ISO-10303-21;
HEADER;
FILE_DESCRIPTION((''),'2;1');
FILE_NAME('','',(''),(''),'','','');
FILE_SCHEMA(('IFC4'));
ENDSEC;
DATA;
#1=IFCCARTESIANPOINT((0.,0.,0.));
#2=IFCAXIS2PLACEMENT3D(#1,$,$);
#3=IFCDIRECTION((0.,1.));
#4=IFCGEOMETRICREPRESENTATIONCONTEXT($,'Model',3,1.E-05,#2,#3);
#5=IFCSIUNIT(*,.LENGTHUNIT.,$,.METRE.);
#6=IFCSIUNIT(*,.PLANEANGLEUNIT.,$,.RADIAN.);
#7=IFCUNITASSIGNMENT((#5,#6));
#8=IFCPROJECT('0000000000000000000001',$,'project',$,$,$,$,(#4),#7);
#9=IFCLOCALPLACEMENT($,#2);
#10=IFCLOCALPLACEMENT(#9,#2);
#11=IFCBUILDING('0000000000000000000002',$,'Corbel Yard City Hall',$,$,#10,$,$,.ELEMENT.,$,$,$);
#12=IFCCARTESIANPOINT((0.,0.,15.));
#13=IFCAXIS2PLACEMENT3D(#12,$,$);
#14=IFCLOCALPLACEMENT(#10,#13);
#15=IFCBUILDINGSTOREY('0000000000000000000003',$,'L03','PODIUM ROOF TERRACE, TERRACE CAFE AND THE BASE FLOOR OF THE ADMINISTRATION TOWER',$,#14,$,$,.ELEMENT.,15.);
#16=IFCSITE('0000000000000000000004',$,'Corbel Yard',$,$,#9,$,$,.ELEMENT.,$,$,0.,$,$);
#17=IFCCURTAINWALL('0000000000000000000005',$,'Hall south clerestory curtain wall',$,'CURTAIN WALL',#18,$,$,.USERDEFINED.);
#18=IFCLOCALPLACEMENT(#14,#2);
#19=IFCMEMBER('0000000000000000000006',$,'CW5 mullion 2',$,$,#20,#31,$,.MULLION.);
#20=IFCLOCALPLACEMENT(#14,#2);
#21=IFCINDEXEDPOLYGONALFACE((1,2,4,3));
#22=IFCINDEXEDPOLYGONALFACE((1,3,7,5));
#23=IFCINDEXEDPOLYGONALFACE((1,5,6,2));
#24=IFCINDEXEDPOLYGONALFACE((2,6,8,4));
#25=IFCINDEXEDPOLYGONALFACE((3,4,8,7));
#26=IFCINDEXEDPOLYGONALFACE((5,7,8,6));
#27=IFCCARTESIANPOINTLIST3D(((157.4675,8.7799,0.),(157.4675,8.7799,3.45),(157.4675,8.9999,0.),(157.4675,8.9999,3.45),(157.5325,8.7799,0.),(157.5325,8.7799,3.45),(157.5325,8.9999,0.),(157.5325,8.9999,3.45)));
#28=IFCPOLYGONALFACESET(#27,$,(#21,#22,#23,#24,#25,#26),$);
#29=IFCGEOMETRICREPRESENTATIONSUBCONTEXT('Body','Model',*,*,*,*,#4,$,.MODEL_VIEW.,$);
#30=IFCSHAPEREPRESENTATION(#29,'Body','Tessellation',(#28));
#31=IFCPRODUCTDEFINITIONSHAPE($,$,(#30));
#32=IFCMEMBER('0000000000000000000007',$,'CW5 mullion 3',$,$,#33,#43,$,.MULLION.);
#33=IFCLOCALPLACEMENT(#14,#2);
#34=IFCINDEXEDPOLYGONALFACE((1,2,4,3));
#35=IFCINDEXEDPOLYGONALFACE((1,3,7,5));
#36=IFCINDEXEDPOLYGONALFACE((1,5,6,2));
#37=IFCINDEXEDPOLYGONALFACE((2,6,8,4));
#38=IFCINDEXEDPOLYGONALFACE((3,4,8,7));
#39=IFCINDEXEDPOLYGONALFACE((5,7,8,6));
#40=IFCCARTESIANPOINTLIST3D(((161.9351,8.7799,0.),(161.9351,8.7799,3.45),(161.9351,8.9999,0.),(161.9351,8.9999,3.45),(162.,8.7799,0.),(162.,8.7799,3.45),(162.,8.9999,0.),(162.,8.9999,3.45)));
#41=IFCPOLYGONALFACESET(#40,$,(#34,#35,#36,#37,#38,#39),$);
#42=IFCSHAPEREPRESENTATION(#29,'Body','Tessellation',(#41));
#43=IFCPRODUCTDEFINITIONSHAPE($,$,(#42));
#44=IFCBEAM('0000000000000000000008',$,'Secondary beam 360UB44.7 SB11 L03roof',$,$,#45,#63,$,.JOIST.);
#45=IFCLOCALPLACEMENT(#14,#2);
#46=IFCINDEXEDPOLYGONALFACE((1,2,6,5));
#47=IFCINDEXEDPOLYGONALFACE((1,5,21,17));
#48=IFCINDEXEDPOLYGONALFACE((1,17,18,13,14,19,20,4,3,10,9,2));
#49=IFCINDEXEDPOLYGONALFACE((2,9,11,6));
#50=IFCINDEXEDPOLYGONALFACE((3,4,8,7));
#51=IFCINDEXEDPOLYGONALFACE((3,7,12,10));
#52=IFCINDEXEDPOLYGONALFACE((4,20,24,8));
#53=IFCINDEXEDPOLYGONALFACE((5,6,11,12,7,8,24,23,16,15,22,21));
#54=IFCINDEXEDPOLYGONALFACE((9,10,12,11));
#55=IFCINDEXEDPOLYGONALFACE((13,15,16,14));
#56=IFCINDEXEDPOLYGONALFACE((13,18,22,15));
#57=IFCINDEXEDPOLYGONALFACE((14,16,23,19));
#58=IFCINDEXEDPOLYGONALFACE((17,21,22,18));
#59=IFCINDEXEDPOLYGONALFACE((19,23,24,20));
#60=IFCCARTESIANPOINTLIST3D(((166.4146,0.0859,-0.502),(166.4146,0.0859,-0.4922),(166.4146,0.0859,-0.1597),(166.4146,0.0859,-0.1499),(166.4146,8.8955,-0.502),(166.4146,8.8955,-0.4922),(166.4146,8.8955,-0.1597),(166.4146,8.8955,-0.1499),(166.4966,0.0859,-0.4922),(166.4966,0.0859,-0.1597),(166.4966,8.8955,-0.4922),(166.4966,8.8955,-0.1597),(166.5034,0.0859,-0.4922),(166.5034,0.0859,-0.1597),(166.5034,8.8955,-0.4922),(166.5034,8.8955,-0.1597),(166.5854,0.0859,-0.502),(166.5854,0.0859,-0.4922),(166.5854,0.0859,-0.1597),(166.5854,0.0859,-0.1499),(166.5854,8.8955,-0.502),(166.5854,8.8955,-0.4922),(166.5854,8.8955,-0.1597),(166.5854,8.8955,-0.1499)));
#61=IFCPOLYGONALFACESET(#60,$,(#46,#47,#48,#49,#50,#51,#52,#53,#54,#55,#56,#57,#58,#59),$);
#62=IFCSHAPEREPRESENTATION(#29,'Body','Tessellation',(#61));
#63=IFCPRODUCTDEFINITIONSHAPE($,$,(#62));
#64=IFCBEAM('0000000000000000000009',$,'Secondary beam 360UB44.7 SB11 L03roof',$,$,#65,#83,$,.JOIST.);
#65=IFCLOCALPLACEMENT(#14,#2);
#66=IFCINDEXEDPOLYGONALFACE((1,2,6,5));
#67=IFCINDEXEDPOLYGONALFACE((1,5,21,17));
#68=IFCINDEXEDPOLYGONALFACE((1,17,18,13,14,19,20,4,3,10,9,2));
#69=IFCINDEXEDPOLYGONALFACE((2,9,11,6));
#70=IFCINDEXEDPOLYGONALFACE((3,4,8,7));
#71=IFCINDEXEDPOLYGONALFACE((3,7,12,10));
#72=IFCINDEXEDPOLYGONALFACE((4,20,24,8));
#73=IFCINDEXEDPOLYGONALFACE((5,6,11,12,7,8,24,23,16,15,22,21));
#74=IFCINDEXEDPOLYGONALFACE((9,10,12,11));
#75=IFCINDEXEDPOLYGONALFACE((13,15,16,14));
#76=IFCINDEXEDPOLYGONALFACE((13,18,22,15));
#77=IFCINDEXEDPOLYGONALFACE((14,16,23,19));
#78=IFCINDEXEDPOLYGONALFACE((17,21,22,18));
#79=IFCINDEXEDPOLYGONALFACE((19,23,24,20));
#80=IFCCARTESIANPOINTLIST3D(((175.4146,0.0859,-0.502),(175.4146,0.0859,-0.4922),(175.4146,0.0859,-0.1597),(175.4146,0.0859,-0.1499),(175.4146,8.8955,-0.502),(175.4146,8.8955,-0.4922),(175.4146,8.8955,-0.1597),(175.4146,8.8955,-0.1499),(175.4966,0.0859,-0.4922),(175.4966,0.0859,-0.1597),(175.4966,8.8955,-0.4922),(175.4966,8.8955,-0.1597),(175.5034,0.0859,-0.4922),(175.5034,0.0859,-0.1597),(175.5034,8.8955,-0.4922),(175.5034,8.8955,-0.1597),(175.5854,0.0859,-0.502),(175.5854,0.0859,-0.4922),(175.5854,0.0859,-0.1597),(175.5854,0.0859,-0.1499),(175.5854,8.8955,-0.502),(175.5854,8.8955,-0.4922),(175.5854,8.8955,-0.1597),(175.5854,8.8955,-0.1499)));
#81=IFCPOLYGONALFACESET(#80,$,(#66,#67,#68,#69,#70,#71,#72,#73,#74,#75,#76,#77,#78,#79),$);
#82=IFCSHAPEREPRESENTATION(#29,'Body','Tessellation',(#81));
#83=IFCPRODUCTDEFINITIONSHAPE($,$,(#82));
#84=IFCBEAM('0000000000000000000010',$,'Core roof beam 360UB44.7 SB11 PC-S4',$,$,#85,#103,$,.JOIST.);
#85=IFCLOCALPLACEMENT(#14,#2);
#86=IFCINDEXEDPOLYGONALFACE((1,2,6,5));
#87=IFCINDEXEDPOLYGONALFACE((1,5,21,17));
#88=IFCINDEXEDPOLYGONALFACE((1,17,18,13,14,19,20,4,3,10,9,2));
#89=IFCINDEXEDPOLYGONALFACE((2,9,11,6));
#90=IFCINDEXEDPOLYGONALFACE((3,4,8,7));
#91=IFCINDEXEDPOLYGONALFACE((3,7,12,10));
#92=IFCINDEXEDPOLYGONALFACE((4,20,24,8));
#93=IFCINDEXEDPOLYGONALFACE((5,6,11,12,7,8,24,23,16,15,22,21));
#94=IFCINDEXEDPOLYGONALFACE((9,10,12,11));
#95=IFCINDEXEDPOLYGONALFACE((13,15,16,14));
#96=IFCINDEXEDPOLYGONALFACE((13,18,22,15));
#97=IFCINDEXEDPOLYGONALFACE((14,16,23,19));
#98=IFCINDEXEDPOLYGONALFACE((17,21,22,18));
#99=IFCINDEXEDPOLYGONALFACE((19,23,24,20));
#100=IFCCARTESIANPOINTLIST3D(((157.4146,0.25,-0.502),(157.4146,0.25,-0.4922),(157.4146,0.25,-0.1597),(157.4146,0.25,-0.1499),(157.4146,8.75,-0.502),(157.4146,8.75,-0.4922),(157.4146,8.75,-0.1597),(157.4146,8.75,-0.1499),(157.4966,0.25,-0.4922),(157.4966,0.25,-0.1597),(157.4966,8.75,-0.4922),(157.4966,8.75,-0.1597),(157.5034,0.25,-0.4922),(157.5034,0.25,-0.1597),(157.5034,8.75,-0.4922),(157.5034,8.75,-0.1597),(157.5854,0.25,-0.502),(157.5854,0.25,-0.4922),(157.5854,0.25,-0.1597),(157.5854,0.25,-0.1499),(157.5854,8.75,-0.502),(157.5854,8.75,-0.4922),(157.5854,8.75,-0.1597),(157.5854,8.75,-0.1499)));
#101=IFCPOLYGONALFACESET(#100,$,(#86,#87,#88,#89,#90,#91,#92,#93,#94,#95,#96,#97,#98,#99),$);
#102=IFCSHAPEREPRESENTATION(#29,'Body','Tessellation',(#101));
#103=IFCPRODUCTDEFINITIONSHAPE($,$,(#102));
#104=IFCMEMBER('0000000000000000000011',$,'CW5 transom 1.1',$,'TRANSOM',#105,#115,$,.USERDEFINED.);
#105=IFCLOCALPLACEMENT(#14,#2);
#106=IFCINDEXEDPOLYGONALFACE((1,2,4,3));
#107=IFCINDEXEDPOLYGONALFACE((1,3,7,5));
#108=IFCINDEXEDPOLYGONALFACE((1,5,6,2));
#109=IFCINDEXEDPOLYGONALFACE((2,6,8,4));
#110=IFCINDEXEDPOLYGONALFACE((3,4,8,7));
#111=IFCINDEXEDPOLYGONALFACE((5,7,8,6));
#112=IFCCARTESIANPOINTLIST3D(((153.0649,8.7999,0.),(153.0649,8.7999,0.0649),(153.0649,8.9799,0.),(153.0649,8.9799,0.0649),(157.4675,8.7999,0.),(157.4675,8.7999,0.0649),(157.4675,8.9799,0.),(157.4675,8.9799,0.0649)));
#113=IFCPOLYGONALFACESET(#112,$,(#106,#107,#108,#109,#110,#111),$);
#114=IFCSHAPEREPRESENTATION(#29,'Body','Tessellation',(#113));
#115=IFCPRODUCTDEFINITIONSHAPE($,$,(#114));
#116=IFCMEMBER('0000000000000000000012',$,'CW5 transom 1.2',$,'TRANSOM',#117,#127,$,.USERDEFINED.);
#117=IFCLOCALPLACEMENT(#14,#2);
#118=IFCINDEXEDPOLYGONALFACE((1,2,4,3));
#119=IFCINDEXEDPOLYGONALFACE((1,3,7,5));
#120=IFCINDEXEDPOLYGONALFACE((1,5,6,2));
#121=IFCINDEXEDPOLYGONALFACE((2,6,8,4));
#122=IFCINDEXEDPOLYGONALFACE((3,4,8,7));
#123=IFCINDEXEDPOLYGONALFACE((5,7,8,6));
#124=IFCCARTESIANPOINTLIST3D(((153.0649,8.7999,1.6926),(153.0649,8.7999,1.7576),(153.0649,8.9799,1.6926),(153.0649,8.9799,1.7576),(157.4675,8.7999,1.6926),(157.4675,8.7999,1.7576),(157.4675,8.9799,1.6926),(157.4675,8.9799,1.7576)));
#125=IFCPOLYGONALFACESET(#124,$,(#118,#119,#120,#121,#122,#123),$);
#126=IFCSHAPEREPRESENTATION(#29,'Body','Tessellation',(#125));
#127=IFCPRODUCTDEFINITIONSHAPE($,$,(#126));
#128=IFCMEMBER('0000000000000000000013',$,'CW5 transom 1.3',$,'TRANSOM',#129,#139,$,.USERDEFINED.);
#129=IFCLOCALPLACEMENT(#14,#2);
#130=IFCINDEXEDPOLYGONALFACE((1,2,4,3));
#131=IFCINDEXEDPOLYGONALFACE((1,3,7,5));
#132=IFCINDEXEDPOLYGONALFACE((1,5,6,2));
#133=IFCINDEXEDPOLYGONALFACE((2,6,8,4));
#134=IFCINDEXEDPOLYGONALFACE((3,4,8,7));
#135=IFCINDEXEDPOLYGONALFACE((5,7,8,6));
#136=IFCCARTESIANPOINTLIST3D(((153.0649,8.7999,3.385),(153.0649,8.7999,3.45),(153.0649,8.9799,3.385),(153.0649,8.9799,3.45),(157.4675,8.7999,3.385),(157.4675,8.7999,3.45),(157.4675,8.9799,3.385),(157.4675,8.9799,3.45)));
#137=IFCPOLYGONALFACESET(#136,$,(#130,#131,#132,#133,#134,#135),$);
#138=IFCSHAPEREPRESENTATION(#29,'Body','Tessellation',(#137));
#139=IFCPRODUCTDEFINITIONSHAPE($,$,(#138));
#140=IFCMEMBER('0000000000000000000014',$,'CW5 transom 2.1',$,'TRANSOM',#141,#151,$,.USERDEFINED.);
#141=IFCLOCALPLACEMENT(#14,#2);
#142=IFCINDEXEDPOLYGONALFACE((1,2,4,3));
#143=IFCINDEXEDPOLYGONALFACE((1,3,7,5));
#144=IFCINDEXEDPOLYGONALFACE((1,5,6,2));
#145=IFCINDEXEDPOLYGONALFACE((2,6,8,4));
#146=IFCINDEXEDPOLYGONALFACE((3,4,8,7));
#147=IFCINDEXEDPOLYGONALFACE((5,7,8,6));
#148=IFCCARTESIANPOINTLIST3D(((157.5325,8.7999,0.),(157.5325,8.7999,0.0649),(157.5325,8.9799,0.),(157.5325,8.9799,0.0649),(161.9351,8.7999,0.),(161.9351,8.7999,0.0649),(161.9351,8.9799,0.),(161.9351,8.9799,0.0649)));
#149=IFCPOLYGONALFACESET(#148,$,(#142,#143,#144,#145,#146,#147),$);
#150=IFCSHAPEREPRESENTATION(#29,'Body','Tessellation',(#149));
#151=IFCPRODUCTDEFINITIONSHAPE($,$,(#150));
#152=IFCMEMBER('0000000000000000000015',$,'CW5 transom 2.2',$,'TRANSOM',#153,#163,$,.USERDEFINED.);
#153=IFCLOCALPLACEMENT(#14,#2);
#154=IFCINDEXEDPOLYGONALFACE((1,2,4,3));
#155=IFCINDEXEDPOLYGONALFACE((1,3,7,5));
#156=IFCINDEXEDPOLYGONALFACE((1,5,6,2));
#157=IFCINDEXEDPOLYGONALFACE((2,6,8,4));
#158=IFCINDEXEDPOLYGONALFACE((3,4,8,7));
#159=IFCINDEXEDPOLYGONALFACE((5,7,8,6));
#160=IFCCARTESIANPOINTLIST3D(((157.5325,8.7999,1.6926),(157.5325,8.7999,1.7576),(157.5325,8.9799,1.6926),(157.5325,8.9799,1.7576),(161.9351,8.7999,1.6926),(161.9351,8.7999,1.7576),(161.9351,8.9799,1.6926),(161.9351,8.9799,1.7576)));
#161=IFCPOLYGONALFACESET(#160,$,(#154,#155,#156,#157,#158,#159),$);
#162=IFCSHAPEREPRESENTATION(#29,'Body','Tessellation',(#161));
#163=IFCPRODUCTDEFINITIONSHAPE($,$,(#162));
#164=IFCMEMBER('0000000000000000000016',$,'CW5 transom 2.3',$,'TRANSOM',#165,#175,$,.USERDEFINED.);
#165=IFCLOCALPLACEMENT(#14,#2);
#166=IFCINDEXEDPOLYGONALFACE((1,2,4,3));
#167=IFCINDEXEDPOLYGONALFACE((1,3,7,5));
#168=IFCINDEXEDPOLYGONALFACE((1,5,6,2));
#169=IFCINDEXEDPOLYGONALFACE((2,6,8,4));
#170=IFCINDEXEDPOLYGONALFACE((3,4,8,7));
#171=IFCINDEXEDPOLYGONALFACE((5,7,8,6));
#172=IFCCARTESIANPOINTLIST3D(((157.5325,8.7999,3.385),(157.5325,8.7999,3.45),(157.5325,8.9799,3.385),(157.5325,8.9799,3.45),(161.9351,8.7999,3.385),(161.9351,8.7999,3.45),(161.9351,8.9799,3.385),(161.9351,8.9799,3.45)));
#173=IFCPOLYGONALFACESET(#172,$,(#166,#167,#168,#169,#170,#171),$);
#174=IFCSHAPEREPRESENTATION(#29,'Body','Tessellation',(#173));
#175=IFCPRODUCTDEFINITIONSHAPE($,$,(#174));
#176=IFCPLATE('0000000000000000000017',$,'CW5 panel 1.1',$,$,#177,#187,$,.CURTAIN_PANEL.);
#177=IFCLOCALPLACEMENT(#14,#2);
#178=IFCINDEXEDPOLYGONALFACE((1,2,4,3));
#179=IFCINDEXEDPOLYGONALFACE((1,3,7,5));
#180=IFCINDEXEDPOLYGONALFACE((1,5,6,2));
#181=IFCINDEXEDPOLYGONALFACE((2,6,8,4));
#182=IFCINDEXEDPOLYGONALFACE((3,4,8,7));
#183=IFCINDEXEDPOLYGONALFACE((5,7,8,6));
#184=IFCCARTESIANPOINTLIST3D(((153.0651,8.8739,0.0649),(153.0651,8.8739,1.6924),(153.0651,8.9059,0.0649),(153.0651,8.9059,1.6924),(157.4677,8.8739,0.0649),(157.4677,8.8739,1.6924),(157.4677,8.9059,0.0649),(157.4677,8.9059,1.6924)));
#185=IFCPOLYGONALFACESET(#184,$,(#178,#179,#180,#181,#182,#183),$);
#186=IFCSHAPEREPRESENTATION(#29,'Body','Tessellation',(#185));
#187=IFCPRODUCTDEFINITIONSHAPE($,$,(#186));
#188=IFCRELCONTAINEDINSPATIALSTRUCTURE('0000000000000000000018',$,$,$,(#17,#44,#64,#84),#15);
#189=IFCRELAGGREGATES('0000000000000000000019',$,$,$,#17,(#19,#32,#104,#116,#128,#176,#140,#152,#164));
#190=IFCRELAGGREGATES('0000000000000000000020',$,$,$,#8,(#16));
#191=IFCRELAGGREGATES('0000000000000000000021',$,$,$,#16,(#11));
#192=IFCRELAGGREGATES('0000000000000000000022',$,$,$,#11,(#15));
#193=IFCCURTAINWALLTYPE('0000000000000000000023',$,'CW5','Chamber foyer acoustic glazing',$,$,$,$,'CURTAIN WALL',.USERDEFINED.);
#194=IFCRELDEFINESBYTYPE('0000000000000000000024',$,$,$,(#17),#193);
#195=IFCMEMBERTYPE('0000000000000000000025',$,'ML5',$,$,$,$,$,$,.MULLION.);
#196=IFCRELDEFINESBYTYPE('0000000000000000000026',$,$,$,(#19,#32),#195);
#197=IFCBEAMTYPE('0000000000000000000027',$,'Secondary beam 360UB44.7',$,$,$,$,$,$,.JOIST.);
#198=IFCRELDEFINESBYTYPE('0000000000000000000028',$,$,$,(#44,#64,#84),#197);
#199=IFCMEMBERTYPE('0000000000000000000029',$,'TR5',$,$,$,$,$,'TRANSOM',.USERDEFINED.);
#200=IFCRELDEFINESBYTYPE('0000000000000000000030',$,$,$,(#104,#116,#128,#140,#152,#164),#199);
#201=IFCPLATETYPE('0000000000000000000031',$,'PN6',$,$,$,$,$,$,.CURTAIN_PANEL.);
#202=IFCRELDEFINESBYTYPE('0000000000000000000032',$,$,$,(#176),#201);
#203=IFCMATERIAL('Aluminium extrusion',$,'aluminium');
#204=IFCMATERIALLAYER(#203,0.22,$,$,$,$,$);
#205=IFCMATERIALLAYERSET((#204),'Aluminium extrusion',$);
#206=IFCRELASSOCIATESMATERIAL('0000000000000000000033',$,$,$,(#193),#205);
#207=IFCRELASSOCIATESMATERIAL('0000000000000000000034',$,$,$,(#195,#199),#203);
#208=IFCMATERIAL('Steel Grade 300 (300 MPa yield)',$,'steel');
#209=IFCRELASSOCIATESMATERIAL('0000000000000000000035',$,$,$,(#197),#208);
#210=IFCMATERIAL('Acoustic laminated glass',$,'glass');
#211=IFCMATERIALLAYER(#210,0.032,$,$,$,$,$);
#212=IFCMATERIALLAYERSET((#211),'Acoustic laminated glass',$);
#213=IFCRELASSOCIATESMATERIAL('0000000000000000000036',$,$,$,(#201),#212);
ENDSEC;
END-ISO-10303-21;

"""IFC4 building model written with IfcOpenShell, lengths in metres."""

from ifc_helpers import new_model, si_unit, direction, frame, origin, origin_2d, place, context, subcontext, project, spatial, rectangle, i_section, extrude, material, layer, layer_set, material_profile, profile_set, type_object, element, aggregate, save


model = new_model("IFC4")

# Units and contexts
model_context = context("Model", 3, precision=1e-05, world=origin(), true_north=direction((0.0, 1.0)))
body_context = subcontext(model_context, "Body", "Model", "MODEL_VIEW")
ifc_project = project(units=[si_unit("LENGTHUNIT", "METRE"), si_unit("PLANEANGLEUNIT", "RADIAN")], contexts=[model_context])

# Site, building, storey
site_placement = place(None, origin())
site = spatial("IfcSite", under=ifc_project, at=site_placement, Name="Corbel Yard", CompositionType="ELEMENT", RefElevation=0.0)
building_placement = place(site_placement, origin())
building = spatial("IfcBuilding", under=site, at=building_placement, Name="Corbel Yard City Hall", CompositionType="ELEMENT")
storey_placement = place(building_placement, frame((0.0, 0.0, 15.0)))
storey = spatial("IfcBuildingStorey", under=building, at=storey_placement, Name="L03", Description="PODIUM ROOF TERRACE, TERRACE CAFE AND THE BASE FLOOR OF THE ADMINISTRATION TOWER", CompositionType="ELEMENT", Elevation=15.0)

# Shared definitions
ifc_material_1 = material(Name="Steel Grade 300 (300 MPa yield)", Category="steel")

# Shared definitions
ifc_material_2 = material(Name="Aluminium extrusion", Category="aluminium")
ifc_layer_1 = layer(ifc_material_2, 0.22)
ifc_layer_set_1 = layer_set([ifc_layer_1], Name="Aluminium extrusion")
curtain_wall_type = type_object("IfcCurtainWallType", Name="CW5", Description="Chamber foyer acoustic glazing", ElementType="CURTAIN WALL", PredefinedType="USERDEFINED", material=ifc_layer_set_1)
ifc_material_profile_1 = material_profile(ifc_material_2, rectangle(XDim=0.22, YDim=0.0649, at=origin_2d()), Name="220x65")
ifc_profile_set_1 = profile_set([ifc_material_profile_1], Name="Aluminium extrusion")
member_type_1 = type_object("IfcMemberType", Name="ML5", PredefinedType="MULLION", material=ifc_profile_set_1)

# Curtain wall, members
curtain_wall_1_placement = place(storey_placement, origin())
curtain_wall_1 = element("IfcCurtainWall", 1, at=curtain_wall_1_placement, inside=storey, type_object=curtain_wall_type, Name="Hall south clerestory curtain wall", ObjectType="CURTAIN WALL", PredefinedType="USERDEFINED")
member_1_placement = place(storey_placement, frame((157.5, 8.8899, 0.0), z_axis=(0.0, 0.0, 1.0), x_axis=(0.0, 1.0, 0.0)))
member_1 = element("IfcMember", 2, at=member_1_placement, type_object=member_type_1, Name="CW5 mullion 2", PredefinedType="MULLION", context=body_context, shape_type="SweptSolid", body=[
    extrude(rectangle(XDim=0.22, YDim=0.0649, at=origin_2d()), origin(), (0.0, 0.0, 1.0), 3.45),
])
member_2_placement = place(storey_placement, frame((161.9675, 8.8899, 0.0), z_axis=(0.0, 0.0, 1.0), x_axis=(0.0, 1.0, 0.0)))
member_2 = element("IfcMember", 3, at=member_2_placement, type_object=member_type_1, Name="CW5 mullion 3", PredefinedType="MULLION", context=body_context, shape_type="SweptSolid", body=[
    extrude(rectangle(XDim=0.22, YDim=0.0649, at=origin_2d()), origin(), (0.0, 0.0, 1.0), 3.45),
])

# Beams
ifc_material_profile_2 = material_profile(ifc_material_1, i_section(OverallWidth=0.1709, OverallDepth=0.3521, WebThickness=0.0068, FlangeThickness=0.0098, at=origin_2d()), Name="360UB44.7")
ifc_profile_set_2 = profile_set([ifc_material_profile_2], Name="Steel Grade 300 (300 MPa yield)")
beam_type_1 = type_object("IfcBeamType", Name="Secondary beam 360UB44.7", PredefinedType="JOIST", material=ifc_profile_set_2)
for number, where, z_axis, x_axis, name in (
    (4, (166.5, 0.0859, -0.3259), (0.0, 1.0, 0.0), (-1.0, 0.0, 0.0), "Secondary beam 360UB44.7 SB11 L03roof"),
    (5, (175.5, 0.0859, -0.3259), (0.0, 1.0, 0.0), (-1.0, 0.0, 0.0), "Secondary beam 360UB44.7 SB11 L03roof"),
):
    element("IfcBeam", number, at=place(storey_placement, frame(where, z_axis=z_axis, x_axis=x_axis)), inside=storey, type_object=beam_type_1, Name=name, PredefinedType="JOIST", context=body_context, shape_type="SweptSolid", body=[
        extrude(i_section(OverallWidth=0.1709, OverallDepth=0.3521, WebThickness=0.0068, FlangeThickness=0.0098, at=origin_2d()), origin(), (0.0, 0.0, 1.0), 8.8096),
    ])
beam_1_placement = place(storey_placement, frame((157.5, 0.25, -0.3259), z_axis=(0.0, 1.0, 0.0), x_axis=(-1.0, 0.0, 0.0)))
element("IfcBeam", 6, at=beam_1_placement, inside=storey, type_object=beam_type_1, Name="Core roof beam 360UB44.7 SB11 PC-S4", PredefinedType="JOIST", context=body_context, shape_type="SweptSolid", body=[
    extrude(i_section(OverallWidth=0.1709, OverallDepth=0.3521, WebThickness=0.0068, FlangeThickness=0.0098, at=origin_2d()), origin(), (0.0, 0.0, 1.0), 8.5),
])

# Members
ifc_material_profile_3 = material_profile(ifc_material_2, rectangle(XDim=0.1799, YDim=0.0649, at=origin_2d()), Name="180x65")
ifc_profile_set_3 = profile_set([ifc_material_profile_3], Name="Aluminium extrusion")
member_type_2 = type_object("IfcMemberType", Name="TR5", ElementType="TRANSOM", PredefinedType="USERDEFINED", material=ifc_profile_set_3)
member_3_placement = place(storey_placement, frame((153.0649, 8.8899, 0.0325), z_axis=(1.0, 0.0, 0.0), x_axis=(0.0, 1.0, 0.0)))
member_3 = element("IfcMember", 7, at=member_3_placement, type_object=member_type_2, Name="CW5 transom 1.1", ObjectType="TRANSOM", PredefinedType="USERDEFINED", context=body_context, shape_type="SweptSolid", body=[
    extrude(rectangle(XDim=0.1799, YDim=0.0649, at=origin_2d()), origin(), (0.0, 0.0, 1.0), 4.4026),
])
member_4_placement = place(storey_placement, frame((153.0649, 8.8899, 1.7251), z_axis=(1.0, 0.0, 0.0), x_axis=(0.0, 1.0, 0.0)))
member_4 = element("IfcMember", 8, at=member_4_placement, type_object=member_type_2, Name="CW5 transom 1.2", ObjectType="TRANSOM", PredefinedType="USERDEFINED", context=body_context, shape_type="SweptSolid", body=[
    extrude(rectangle(XDim=0.1799, YDim=0.0649, at=origin_2d()), origin(), (0.0, 0.0, 1.0), 4.4026),
])
member_5_placement = place(storey_placement, frame((153.0649, 8.8899, 3.4175), z_axis=(1.0, 0.0, 0.0), x_axis=(0.0, 1.0, 0.0)))
member_5 = element("IfcMember", 9, at=member_5_placement, type_object=member_type_2, Name="CW5 transom 1.3", ObjectType="TRANSOM", PredefinedType="USERDEFINED", context=body_context, shape_type="SweptSolid", body=[
    extrude(rectangle(XDim=0.1799, YDim=0.0649, at=origin_2d()), origin(), (0.0, 0.0, 1.0), 4.4026),
])
member_6_placement = place(storey_placement, frame((157.5325, 8.8899, 0.0325), z_axis=(1.0, 0.0, 0.0), x_axis=(0.0, 1.0, 0.0)))
member_6 = element("IfcMember", 10, at=member_6_placement, type_object=member_type_2, Name="CW5 transom 2.1", ObjectType="TRANSOM", PredefinedType="USERDEFINED", context=body_context, shape_type="SweptSolid", body=[
    extrude(rectangle(XDim=0.1799, YDim=0.0649, at=origin_2d()), origin(), (0.0, 0.0, 1.0), 4.4026),
])
member_7_placement = place(storey_placement, frame((157.5325, 8.8899, 1.7251), z_axis=(1.0, 0.0, 0.0), x_axis=(0.0, 1.0, 0.0)))
member_7 = element("IfcMember", 11, at=member_7_placement, type_object=member_type_2, Name="CW5 transom 2.2", ObjectType="TRANSOM", PredefinedType="USERDEFINED", context=body_context, shape_type="SweptSolid", body=[
    extrude(rectangle(XDim=0.1799, YDim=0.0649, at=origin_2d()), origin(), (0.0, 0.0, 1.0), 4.4026),
])
member_8_placement = place(storey_placement, frame((157.5325, 8.8899, 3.4175), z_axis=(1.0, 0.0, 0.0), x_axis=(0.0, 1.0, 0.0)))
member_8 = element("IfcMember", 12, at=member_8_placement, type_object=member_type_2, Name="CW5 transom 2.3", ObjectType="TRANSOM", PredefinedType="USERDEFINED", context=body_context, shape_type="SweptSolid", body=[
    extrude(rectangle(XDim=0.1799, YDim=0.0649, at=origin_2d()), origin(), (0.0, 0.0, 1.0), 4.4026),
])

# Plate
ifc_material_3 = material(Name="Acoustic laminated glass", Category="glass")
ifc_layer_2 = layer(ifc_material_3, 0.032)
ifc_layer_set_2 = layer_set([ifc_layer_2], Name="Acoustic laminated glass")
plate_type = type_object("IfcPlateType", Name="PN6", PredefinedType="CURTAIN_PANEL", material=ifc_layer_set_2)
plate_1_placement = place(storey_placement, frame((155.2664, 8.8899, 0.0649), z_axis=(0.0, 0.0, 1.0), x_axis=(1.0, 0.0, 0.0)))
plate_1 = element("IfcPlate", 13, at=plate_1_placement, type_object=plate_type, Name="CW5 panel 1.1", PredefinedType="CURTAIN_PANEL", context=body_context, shape_type="SweptSolid", body=[
    extrude(rectangle(XDim=4.4026, YDim=0.032, at=origin_2d()), origin(), (0.0, 0.0, 1.0), 1.6274),
])
aggregate(curtain_wall_1, [member_1, member_2, member_3, member_4, member_5, plate_1, member_6, member_7, member_8])

save(model, "model.ifc")
